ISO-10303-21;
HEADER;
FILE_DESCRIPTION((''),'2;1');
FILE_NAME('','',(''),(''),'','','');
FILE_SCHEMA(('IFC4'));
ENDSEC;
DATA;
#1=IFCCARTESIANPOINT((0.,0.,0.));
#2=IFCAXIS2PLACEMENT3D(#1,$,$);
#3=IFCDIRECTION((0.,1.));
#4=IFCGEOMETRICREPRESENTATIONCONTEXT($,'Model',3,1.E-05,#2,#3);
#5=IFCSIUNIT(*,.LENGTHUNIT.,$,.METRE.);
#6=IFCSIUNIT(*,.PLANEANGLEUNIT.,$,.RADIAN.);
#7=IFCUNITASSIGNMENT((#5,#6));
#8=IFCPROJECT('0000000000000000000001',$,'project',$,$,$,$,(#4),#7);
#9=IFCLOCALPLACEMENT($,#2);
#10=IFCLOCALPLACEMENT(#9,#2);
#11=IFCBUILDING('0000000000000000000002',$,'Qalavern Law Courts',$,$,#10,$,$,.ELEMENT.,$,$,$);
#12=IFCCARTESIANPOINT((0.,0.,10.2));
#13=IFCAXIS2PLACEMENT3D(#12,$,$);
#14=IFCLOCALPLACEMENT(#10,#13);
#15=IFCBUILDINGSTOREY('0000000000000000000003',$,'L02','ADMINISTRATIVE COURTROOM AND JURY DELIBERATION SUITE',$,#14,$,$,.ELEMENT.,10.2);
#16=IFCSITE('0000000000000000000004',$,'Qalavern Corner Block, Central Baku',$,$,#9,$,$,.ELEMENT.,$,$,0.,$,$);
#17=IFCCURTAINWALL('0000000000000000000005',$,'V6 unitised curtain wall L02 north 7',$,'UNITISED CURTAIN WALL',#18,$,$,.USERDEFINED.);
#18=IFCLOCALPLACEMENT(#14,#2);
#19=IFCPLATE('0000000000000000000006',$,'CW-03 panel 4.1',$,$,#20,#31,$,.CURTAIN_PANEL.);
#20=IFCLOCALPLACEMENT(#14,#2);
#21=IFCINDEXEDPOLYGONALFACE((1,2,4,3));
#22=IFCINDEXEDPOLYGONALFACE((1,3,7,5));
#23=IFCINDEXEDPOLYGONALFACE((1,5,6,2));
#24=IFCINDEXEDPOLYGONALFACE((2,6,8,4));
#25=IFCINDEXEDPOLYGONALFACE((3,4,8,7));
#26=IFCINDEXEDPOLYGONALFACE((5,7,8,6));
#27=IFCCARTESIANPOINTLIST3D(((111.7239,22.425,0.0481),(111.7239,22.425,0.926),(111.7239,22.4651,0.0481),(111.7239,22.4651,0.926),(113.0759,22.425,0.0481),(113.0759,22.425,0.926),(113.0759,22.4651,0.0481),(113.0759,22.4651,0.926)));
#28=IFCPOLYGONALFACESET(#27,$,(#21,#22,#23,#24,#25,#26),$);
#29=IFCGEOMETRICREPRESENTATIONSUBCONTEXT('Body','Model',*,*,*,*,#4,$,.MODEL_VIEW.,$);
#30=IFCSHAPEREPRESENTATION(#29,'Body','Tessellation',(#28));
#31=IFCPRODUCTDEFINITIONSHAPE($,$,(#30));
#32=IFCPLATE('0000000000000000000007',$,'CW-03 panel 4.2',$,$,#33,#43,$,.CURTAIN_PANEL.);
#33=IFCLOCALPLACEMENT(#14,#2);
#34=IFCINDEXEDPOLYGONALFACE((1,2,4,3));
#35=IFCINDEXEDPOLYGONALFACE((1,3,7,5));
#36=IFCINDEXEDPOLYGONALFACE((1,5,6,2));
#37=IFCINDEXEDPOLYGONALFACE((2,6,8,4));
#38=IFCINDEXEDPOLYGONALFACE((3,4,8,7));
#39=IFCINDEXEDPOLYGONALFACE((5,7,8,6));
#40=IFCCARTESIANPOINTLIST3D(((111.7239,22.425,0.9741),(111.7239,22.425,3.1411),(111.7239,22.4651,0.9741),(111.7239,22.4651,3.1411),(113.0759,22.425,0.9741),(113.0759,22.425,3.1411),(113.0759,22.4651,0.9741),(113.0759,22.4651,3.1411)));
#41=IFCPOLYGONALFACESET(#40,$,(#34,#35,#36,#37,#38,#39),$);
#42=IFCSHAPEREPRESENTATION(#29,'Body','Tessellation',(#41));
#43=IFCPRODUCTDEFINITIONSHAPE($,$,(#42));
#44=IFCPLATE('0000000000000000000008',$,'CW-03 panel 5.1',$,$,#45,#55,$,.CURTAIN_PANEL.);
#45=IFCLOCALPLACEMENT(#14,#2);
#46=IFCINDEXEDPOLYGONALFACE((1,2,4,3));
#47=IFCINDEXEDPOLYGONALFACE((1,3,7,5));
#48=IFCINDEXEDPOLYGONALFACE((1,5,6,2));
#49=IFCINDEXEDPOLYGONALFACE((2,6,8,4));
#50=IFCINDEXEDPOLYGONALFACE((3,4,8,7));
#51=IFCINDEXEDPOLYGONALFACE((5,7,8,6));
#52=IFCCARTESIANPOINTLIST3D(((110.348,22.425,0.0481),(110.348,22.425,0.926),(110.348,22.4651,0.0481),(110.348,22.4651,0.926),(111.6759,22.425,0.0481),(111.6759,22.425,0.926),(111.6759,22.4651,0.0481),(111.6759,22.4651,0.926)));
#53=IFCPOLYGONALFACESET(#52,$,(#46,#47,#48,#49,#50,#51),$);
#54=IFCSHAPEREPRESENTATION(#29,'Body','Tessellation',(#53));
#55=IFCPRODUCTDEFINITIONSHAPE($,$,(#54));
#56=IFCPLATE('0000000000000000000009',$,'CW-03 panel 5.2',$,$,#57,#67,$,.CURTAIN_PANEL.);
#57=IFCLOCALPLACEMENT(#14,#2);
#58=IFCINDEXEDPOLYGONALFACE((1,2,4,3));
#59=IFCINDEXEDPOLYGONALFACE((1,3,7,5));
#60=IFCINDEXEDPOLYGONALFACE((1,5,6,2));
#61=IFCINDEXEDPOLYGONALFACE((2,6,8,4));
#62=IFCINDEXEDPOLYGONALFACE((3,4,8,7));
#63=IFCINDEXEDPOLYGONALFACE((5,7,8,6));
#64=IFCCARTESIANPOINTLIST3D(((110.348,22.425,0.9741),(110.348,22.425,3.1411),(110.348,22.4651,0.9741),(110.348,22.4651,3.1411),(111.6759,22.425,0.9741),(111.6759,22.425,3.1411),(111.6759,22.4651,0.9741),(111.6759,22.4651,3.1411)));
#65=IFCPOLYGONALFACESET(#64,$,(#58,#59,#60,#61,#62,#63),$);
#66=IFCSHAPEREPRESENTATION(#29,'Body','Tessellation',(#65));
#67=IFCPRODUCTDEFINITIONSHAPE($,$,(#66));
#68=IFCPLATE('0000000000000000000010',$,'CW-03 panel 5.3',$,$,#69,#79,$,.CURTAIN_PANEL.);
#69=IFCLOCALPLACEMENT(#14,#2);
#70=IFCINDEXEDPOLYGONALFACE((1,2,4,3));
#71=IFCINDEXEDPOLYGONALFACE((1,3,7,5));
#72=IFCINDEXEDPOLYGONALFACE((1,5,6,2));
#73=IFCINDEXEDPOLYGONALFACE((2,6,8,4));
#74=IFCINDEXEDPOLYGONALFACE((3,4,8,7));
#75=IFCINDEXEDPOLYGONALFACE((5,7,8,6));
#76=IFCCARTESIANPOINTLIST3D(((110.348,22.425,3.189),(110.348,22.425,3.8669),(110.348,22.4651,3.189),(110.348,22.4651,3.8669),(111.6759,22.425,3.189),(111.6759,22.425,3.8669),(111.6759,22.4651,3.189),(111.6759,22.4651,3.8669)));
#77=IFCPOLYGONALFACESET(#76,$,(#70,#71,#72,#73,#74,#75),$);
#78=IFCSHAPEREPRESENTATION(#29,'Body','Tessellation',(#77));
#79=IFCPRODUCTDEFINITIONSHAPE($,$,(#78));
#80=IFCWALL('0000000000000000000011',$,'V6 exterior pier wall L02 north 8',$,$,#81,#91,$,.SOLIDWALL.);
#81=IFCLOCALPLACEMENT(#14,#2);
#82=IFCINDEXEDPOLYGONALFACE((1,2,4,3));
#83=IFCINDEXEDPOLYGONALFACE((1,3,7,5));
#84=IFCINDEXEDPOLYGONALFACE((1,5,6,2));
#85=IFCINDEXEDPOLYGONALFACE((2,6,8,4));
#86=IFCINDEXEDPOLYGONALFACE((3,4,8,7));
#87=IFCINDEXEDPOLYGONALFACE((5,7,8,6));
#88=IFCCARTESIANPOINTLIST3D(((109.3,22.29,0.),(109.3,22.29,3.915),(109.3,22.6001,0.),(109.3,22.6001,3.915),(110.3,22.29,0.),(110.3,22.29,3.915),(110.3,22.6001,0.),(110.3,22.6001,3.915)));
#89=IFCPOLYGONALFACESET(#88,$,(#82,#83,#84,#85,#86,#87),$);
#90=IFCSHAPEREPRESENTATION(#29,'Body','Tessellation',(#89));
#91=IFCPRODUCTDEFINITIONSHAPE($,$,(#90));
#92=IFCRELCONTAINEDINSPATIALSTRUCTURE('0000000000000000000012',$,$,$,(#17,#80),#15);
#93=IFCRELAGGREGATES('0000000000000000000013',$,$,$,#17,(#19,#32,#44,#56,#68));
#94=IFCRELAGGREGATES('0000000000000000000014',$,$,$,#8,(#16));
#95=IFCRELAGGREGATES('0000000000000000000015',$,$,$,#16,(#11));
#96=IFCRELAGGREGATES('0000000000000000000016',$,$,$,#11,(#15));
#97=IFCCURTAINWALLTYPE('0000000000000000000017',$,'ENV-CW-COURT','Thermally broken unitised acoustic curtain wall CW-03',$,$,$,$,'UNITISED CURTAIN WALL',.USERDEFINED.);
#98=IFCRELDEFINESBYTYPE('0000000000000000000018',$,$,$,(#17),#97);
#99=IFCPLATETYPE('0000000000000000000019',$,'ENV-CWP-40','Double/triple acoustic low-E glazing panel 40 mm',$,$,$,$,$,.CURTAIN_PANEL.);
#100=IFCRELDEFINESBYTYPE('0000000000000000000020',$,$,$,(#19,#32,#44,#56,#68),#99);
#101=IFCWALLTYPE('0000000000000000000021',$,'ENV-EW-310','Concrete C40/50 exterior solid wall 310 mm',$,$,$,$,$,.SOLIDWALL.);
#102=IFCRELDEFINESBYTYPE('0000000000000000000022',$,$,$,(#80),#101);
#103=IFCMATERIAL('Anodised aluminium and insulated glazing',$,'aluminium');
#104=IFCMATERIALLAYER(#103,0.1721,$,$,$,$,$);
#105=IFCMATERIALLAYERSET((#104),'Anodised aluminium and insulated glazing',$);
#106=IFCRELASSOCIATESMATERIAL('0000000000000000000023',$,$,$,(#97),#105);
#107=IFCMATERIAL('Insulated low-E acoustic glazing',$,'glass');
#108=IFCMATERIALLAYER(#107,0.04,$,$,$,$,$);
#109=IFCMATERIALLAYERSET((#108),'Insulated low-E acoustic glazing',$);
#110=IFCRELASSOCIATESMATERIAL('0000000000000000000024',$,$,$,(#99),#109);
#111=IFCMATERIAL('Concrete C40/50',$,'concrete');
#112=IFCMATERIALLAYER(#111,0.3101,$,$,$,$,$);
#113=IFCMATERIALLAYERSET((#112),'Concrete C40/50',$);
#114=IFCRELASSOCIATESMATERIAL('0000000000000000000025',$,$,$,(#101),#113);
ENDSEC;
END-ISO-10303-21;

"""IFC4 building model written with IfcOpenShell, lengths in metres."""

from ifc_helpers import new_model, si_unit, direction, frame, frame_2d, origin, origin_2d, place, context, subcontext, project, spatial, rectangle, extrude, material, layer, layer_set, type_object, element, aggregate, save


model = new_model("IFC4")

# Units and contexts
model_context = context("Model", 3, precision=1e-05, world=origin(), true_north=direction((0.0, 1.0)))
body_context = subcontext(model_context, "Body", "Model", "MODEL_VIEW")
ifc_project = project(units=[si_unit("LENGTHUNIT", "METRE"), si_unit("PLANEANGLEUNIT", "RADIAN")], contexts=[model_context])

# Site, building, storey
site_placement = place(None, origin())
site = spatial("IfcSite", under=ifc_project, at=site_placement, Name="Qalavern Corner Block, Central Baku", CompositionType="ELEMENT", RefElevation=0.0)
building_placement = place(site_placement, origin())
building = spatial("IfcBuilding", under=site, at=building_placement, Name="Qalavern Law Courts", CompositionType="ELEMENT")
storey_placement = place(building_placement, frame((0.0, 0.0, 10.2)))
storey = spatial("IfcBuildingStorey", under=building, at=storey_placement, Name="L02", Description="ADMINISTRATIVE COURTROOM AND JURY DELIBERATION SUITE", CompositionType="ELEMENT", Elevation=10.2)

# Curtain wall
ifc_material_1 = material(Name="Anodised aluminium and insulated glazing", Category="aluminium")
ifc_layer_1 = layer(ifc_material_1, 0.1721)
ifc_layer_set_1 = layer_set([ifc_layer_1], Name="Anodised aluminium and insulated glazing")
curtain_wall_type = type_object("IfcCurtainWallType", Name="ENV-CW-COURT", Description="Thermally broken unitised acoustic curtain wall CW-03", ElementType="UNITISED CURTAIN WALL", PredefinedType="USERDEFINED", material=ifc_layer_set_1)
curtain_wall_1_placement = place(storey_placement, origin())
curtain_wall_1 = element("IfcCurtainWall", 1, at=curtain_wall_1_placement, inside=storey, type_object=curtain_wall_type, Name="V6 unitised curtain wall L02 north 7", ObjectType="UNITISED CURTAIN WALL", PredefinedType="USERDEFINED")

# Shared definitions
ifc_material_2 = material(Name="Concrete C40/50", Category="concrete")

# Plates
ifc_material_3 = material(Name="Insulated low-E acoustic glazing", Category="glass")
ifc_layer_2 = layer(ifc_material_3, 0.04)
ifc_layer_set_2 = layer_set([ifc_layer_2], Name="Insulated low-E acoustic glazing")
plate_type = type_object("IfcPlateType", Name="ENV-CWP-40", Description="Double/triple acoustic low-E glazing panel 40 mm", PredefinedType="CURTAIN_PANEL", material=ifc_layer_set_2)
plate_1_placement = place(storey_placement, frame((112.3999, 22.4451, 0.0481), z_axis=(0.0, 0.0, 1.0), x_axis=(-1.0, 0.0, 0.0)))
plate_1 = element("IfcPlate", 2, at=plate_1_placement, type_object=plate_type, Name="CW-03 panel 4.1", PredefinedType="CURTAIN_PANEL", context=body_context, shape_type="SweptSolid", body=[
    extrude(rectangle(XDim=1.3521, YDim=0.04, at=origin_2d()), origin(), (0.0, 0.0, 1.0), 0.8779),
])
plate_2_placement = place(storey_placement, frame((112.3999, 22.4451, 0.9741), z_axis=(0.0, 0.0, 1.0), x_axis=(-1.0, 0.0, 0.0)))
plate_2 = element("IfcPlate", 3, at=plate_2_placement, type_object=plate_type, Name="CW-03 panel 4.2", PredefinedType="CURTAIN_PANEL", context=body_context, shape_type="SweptSolid", body=[
    extrude(rectangle(XDim=1.3521, YDim=0.04, at=origin_2d()), origin(), (0.0, 0.0, 1.0), 2.167),
])
plate_3_placement = place(storey_placement, frame((111.012, 22.4451, 0.0481), z_axis=(0.0, 0.0, 1.0), x_axis=(-1.0, 0.0, 0.0)))
plate_3 = element("IfcPlate", 4, at=plate_3_placement, type_object=plate_type, Name="CW-03 panel 5.1", PredefinedType="CURTAIN_PANEL", context=body_context, shape_type="SweptSolid", body=[
    extrude(rectangle(XDim=1.3279, YDim=0.04, at=origin_2d()), origin(), (0.0, 0.0, 1.0), 0.8779),
])
plate_4_placement = place(storey_placement, frame((111.012, 22.4451, 0.9741), z_axis=(0.0, 0.0, 1.0), x_axis=(-1.0, 0.0, 0.0)))
plate_4 = element("IfcPlate", 5, at=plate_4_placement, type_object=plate_type, Name="CW-03 panel 5.2", PredefinedType="CURTAIN_PANEL", context=body_context, shape_type="SweptSolid", body=[
    extrude(rectangle(XDim=1.3279, YDim=0.04, at=origin_2d()), origin(), (0.0, 0.0, 1.0), 2.167),
])
plate_5_placement = place(storey_placement, frame((111.012, 22.4451, 3.189), z_axis=(0.0, 0.0, 1.0), x_axis=(-1.0, 0.0, 0.0)))
plate_5 = element("IfcPlate", 6, at=plate_5_placement, type_object=plate_type, Name="CW-03 panel 5.3", PredefinedType="CURTAIN_PANEL", context=body_context, shape_type="SweptSolid", body=[
    extrude(rectangle(XDim=1.3279, YDim=0.04, at=origin_2d()), origin(), (0.0, 0.0, 1.0), 0.678),
])
aggregate(curtain_wall_1, [plate_1, plate_2, plate_3, plate_4, plate_5])

# Wall
ifc_layer_3 = layer(ifc_material_2, 0.3101)
ifc_layer_set_3 = layer_set([ifc_layer_3], Name="Concrete C40/50")
wall_type = type_object("IfcWallType", Name="ENV-EW-310", Description="Concrete C40/50 exterior solid wall 310 mm", PredefinedType="SOLIDWALL", material=ifc_layer_set_3)
wall_placement = place(storey_placement, frame((110.3, 22.4451, 0.0), z_axis=(0.0, 0.0, 1.0), x_axis=(-1.0, 0.0, 0.0)))
element("IfcWall", 7, at=wall_placement, inside=storey, type_object=wall_type, Name="V6 exterior pier wall L02 north 8", PredefinedType="SOLIDWALL", context=body_context, shape_type="SweptSolid", body=[
    extrude(rectangle(XDim=1.0, YDim=0.3101, at=frame_2d((0.5, 0.0))), origin(), (0.0, 0.0, 1.0), 3.915),
])

save(model, "model.ifc")
